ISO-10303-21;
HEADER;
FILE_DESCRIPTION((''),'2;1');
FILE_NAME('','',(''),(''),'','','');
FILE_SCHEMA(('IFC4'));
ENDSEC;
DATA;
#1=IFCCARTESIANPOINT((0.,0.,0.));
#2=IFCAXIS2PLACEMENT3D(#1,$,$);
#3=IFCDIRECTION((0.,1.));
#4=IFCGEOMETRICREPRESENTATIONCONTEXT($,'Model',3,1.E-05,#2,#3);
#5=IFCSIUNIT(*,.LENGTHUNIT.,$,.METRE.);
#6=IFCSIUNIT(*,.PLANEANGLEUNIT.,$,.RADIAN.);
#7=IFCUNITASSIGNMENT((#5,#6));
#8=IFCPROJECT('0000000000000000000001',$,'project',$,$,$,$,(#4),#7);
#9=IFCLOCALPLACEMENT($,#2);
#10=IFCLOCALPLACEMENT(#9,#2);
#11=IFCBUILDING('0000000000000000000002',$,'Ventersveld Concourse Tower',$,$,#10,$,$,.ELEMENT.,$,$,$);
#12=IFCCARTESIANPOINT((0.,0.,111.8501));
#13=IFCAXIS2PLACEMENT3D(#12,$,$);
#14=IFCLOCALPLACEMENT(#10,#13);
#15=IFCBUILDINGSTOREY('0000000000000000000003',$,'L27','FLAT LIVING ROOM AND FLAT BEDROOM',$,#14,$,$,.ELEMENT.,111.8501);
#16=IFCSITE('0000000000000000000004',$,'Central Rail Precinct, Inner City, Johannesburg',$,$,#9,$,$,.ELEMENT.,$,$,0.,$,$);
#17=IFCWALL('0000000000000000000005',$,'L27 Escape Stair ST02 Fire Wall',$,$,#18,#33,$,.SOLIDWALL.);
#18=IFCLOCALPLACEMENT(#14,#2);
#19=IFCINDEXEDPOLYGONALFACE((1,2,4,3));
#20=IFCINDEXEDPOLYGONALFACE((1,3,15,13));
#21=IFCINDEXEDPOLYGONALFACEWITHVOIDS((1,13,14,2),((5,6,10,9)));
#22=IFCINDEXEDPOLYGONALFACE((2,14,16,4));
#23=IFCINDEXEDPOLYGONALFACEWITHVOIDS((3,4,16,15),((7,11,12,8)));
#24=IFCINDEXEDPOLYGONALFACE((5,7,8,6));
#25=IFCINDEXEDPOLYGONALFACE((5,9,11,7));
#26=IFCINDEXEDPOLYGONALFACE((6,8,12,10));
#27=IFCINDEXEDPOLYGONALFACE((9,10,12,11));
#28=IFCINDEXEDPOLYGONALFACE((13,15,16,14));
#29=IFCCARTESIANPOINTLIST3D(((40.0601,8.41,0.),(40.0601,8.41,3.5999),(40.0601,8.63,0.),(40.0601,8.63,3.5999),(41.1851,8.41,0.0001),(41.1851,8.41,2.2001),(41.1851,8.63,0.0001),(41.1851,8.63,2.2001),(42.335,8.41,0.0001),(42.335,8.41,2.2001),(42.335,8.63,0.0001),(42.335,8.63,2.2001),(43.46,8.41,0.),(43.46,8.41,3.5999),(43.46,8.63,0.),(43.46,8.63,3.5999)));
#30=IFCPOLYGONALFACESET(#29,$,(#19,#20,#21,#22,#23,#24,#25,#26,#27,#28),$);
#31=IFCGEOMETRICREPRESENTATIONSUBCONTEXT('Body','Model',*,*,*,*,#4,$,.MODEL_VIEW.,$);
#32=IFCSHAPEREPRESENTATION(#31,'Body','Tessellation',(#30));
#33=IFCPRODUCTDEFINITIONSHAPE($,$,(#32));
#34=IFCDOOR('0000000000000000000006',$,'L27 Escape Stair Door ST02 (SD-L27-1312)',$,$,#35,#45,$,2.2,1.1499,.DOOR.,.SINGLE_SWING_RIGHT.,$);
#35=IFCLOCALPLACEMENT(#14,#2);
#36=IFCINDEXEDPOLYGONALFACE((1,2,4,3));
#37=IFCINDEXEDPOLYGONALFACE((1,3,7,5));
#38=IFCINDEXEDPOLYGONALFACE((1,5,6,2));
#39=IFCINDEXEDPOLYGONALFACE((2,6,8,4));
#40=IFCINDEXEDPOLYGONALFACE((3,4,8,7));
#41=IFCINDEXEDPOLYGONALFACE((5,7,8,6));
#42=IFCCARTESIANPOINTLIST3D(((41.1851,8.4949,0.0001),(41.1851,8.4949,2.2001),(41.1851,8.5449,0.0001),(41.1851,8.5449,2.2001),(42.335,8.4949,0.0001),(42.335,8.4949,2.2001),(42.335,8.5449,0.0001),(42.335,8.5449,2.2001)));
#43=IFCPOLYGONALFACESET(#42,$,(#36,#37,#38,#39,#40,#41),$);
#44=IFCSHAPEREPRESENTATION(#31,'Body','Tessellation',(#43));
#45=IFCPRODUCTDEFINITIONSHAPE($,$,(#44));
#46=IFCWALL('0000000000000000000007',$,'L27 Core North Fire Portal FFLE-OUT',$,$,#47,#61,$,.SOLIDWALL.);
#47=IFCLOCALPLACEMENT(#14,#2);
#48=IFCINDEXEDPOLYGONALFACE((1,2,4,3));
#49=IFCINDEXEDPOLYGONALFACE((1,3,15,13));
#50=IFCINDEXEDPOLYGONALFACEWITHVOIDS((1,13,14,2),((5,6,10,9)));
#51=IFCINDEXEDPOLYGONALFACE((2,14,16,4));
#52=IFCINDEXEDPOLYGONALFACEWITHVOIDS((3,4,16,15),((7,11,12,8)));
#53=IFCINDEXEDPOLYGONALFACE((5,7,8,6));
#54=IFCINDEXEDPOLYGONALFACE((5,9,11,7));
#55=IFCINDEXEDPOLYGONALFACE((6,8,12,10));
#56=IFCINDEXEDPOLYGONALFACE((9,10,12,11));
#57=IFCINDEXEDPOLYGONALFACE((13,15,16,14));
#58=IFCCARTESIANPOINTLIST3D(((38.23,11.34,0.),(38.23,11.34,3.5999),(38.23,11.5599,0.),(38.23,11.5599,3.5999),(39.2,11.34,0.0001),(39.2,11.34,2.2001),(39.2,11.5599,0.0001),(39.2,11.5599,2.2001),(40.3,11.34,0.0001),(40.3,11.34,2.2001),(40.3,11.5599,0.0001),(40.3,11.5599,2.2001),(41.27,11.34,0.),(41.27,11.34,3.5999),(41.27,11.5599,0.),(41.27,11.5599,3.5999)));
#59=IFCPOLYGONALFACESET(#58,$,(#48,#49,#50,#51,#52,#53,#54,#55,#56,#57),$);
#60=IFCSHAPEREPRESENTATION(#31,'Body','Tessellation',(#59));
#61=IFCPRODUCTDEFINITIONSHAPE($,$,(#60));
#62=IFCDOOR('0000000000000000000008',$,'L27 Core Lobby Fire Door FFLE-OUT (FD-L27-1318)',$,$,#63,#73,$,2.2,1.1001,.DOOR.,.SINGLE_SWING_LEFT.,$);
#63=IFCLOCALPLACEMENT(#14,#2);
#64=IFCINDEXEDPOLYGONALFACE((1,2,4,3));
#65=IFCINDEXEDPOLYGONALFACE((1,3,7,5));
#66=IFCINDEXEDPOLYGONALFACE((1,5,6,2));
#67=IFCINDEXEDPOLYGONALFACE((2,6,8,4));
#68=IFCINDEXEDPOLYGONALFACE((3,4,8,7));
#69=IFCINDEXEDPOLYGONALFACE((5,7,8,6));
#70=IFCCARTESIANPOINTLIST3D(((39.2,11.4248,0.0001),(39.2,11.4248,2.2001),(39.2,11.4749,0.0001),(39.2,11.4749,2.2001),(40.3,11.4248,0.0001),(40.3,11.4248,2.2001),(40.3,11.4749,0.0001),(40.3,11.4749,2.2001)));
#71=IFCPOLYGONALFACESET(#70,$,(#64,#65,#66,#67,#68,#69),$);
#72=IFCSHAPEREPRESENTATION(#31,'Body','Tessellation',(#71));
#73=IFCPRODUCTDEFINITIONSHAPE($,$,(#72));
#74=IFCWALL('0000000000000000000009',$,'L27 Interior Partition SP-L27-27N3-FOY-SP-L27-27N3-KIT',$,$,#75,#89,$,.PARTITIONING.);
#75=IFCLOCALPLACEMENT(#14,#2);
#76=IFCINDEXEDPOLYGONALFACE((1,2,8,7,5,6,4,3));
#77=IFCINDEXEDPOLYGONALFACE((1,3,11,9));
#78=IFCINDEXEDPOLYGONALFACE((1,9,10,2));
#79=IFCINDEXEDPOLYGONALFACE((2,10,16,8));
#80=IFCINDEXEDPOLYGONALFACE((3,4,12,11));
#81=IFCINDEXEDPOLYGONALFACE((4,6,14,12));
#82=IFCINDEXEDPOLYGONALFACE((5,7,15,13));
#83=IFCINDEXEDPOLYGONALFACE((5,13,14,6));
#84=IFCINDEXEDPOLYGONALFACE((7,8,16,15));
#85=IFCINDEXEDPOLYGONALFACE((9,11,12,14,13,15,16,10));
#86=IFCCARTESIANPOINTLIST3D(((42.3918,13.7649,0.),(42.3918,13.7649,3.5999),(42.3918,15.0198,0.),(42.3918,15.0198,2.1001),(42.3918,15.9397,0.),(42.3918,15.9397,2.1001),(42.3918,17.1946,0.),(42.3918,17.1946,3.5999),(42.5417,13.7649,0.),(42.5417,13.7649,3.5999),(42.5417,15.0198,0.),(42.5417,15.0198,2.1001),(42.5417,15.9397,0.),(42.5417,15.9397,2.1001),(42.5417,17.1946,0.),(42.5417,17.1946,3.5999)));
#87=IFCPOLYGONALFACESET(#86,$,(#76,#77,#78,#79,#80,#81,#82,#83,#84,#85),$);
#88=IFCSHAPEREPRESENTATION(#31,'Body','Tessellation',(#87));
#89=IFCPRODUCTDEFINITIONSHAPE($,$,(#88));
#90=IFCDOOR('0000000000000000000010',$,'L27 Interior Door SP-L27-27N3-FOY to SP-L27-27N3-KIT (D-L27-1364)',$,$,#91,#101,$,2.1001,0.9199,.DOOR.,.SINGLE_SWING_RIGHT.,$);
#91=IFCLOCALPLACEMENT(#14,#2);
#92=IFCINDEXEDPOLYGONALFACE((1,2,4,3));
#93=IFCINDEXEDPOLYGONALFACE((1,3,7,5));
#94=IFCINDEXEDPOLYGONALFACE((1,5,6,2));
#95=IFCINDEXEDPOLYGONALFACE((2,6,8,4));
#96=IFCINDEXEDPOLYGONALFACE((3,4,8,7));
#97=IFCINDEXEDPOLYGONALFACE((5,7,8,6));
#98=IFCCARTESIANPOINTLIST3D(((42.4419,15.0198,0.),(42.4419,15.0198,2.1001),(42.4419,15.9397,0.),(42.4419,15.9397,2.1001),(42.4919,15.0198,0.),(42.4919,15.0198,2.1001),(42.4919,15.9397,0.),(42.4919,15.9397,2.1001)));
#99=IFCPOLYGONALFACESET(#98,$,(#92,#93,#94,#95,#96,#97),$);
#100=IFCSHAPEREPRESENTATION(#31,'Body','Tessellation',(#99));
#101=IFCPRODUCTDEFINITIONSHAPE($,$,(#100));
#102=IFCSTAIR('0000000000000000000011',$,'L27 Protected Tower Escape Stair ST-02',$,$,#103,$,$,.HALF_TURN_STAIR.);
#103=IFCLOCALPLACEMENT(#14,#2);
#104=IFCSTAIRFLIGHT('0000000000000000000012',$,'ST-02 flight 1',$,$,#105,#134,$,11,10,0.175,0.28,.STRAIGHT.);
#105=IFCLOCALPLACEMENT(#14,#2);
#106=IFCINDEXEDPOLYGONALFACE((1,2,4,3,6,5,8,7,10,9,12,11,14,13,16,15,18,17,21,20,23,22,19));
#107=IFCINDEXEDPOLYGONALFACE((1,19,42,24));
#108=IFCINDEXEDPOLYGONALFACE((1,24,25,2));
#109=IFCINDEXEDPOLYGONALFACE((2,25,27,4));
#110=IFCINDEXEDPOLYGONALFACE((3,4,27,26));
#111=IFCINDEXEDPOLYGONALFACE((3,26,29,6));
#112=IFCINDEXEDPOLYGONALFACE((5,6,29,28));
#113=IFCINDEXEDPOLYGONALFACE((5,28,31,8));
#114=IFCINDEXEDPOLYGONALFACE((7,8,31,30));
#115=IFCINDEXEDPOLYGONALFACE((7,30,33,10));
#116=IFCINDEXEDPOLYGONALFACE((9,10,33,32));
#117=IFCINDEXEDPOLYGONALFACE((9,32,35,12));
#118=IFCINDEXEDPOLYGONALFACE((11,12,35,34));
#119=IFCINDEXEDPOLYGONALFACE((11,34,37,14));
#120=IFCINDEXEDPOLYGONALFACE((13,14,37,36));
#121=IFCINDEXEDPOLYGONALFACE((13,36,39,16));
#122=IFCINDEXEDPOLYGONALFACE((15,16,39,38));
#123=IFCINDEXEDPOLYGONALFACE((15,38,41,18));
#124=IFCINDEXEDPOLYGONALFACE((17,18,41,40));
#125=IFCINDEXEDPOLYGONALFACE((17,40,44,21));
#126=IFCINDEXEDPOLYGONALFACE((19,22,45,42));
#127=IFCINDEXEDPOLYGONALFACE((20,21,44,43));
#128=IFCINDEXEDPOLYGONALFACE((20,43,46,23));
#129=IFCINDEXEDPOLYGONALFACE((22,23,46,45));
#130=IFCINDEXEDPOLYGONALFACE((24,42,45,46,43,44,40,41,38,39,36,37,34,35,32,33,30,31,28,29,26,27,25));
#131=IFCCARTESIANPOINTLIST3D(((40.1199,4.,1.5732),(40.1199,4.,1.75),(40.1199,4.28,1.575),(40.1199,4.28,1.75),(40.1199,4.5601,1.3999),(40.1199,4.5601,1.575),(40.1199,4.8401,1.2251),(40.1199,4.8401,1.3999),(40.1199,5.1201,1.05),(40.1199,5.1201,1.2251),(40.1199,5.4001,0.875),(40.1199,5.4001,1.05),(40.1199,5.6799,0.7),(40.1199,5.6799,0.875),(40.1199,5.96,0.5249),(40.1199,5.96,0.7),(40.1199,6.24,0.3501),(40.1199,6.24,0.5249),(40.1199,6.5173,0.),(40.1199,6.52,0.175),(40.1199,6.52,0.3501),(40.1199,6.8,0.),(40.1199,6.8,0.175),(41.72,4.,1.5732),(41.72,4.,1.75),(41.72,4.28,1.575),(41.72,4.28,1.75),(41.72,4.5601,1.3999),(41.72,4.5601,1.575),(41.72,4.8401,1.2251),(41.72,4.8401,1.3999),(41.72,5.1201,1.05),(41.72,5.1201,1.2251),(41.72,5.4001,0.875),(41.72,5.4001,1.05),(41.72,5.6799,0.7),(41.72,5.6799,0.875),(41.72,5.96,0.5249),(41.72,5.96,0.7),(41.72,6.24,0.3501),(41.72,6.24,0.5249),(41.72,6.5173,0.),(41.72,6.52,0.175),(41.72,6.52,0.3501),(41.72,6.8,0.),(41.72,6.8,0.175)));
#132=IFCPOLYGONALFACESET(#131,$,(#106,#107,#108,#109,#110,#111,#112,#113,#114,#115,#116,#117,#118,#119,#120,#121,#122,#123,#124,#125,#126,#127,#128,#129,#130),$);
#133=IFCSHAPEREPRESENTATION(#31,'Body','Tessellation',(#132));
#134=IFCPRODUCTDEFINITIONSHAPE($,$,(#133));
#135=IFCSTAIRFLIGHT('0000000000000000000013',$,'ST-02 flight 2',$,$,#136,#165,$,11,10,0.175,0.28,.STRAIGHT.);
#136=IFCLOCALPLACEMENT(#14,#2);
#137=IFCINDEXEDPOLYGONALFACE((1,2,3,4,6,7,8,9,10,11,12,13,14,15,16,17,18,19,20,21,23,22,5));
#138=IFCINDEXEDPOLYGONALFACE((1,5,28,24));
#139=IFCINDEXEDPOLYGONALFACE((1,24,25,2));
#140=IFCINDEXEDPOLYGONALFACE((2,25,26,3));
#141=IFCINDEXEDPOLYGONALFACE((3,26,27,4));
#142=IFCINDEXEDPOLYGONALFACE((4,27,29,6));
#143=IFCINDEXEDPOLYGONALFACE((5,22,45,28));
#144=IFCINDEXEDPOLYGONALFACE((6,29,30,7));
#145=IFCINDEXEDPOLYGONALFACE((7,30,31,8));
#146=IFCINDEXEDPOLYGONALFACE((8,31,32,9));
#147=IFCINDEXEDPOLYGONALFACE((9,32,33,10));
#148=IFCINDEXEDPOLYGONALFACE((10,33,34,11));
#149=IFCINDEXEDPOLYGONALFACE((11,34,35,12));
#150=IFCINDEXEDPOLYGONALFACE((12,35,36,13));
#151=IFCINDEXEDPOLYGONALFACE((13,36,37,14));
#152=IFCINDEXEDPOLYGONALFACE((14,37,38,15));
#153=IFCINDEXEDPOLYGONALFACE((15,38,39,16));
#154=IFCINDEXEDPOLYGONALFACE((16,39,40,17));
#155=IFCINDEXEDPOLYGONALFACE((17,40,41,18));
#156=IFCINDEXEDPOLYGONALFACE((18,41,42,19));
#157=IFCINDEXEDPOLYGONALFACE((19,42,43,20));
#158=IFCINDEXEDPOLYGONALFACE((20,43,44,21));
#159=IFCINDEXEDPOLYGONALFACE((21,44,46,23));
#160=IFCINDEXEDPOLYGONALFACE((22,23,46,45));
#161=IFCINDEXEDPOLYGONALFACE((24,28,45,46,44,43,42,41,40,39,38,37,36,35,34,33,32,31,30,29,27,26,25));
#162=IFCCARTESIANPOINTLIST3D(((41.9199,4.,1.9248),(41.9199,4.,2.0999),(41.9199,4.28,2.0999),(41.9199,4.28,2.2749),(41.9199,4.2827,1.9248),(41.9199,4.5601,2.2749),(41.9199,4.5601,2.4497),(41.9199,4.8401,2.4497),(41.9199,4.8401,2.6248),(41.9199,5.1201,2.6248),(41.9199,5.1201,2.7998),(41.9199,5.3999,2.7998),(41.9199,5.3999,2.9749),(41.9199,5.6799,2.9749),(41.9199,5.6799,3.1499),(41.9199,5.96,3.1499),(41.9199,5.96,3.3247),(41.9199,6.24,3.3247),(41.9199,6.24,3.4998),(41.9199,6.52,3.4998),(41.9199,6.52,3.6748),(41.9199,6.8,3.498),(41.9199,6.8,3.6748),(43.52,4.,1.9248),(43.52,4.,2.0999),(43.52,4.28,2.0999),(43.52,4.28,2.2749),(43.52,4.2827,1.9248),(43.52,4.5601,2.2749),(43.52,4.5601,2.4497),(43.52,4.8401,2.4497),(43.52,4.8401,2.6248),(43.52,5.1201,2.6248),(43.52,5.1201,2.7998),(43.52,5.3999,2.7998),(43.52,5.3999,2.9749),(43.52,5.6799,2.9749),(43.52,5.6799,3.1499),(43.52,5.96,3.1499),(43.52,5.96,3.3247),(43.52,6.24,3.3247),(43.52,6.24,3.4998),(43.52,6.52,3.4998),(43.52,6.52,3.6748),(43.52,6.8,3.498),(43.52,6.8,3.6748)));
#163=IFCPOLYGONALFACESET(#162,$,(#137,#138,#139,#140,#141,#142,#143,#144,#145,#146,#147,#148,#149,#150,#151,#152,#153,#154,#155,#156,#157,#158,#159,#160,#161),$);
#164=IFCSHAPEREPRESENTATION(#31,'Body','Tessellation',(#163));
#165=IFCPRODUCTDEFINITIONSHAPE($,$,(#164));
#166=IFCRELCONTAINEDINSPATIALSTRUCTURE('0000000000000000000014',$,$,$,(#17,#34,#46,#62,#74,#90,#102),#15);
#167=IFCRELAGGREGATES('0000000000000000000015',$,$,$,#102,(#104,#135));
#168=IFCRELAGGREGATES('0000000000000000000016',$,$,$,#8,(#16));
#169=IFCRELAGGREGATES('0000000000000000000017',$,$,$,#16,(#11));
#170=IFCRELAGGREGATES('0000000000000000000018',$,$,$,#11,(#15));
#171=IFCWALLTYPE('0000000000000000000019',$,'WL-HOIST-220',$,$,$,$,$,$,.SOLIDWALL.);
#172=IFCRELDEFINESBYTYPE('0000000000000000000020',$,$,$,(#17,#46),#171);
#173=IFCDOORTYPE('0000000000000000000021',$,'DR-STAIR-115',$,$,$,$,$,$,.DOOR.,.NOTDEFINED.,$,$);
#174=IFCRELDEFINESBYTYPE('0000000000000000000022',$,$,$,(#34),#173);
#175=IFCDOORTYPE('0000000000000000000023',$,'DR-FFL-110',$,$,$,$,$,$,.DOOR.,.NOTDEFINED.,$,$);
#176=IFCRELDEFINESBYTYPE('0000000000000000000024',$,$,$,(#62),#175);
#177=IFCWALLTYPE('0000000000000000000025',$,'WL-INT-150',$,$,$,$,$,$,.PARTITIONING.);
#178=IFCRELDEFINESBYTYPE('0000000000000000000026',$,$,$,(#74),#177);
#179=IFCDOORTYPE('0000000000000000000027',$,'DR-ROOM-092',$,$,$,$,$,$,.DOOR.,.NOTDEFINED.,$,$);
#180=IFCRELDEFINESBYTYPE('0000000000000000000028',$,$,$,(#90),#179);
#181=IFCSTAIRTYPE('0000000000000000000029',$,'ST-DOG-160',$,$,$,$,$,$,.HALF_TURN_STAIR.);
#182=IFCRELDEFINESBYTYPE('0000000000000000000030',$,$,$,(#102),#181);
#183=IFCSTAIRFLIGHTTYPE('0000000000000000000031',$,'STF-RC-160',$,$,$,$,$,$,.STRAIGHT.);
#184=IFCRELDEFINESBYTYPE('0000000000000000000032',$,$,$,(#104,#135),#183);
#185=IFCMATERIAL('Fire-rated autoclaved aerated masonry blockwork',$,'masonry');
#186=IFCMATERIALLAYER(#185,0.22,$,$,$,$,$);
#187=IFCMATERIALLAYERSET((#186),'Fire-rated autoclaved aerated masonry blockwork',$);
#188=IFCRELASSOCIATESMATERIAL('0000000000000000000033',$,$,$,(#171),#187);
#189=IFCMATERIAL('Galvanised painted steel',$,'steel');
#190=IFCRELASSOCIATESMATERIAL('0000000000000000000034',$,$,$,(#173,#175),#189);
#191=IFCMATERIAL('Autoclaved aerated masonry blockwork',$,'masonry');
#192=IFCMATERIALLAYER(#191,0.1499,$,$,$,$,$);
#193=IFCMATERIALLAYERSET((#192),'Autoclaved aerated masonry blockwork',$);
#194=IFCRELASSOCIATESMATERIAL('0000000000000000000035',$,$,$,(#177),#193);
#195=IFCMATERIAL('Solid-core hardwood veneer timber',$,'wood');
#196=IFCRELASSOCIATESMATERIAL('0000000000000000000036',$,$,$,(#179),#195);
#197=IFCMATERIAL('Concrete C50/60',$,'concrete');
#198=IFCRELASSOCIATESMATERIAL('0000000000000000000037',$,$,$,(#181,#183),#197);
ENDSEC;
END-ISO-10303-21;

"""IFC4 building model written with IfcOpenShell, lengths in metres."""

from ifc_helpers import new_model, si_unit, direction, frame, frame_2d, origin, place, context, subcontext, project, spatial, polyline, rectangle, outline, extrude, material, layer, layer_set, type_object, element, fill, aggregate, save


model = new_model("IFC4")

# Units and contexts
model_context = context("Model", 3, precision=1e-05, world=origin(), true_north=direction((0.0, 1.0)))
body_context = subcontext(model_context, "Body", "Model", "MODEL_VIEW")
ifc_project = project(units=[si_unit("LENGTHUNIT", "METRE"), si_unit("PLANEANGLEUNIT", "RADIAN")], contexts=[model_context])

# Site, building, storey
site_placement = place(None, origin())
site = spatial("IfcSite", under=ifc_project, at=site_placement, Name="Central Rail Precinct, Inner City, Johannesburg", CompositionType="ELEMENT", RefElevation=0.0)
building_placement = place(site_placement, origin())
building = spatial("IfcBuilding", under=site, at=building_placement, Name="Ventersveld Concourse Tower", CompositionType="ELEMENT")
storey_placement = place(building_placement, frame((0.0, 0.0, 111.8501)))
storey = spatial("IfcBuildingStorey", under=building, at=storey_placement, Name="L27", Description="FLAT LIVING ROOM AND FLAT BEDROOM", CompositionType="ELEMENT", Elevation=111.8501)

# Shared definitions
ifc_material_1 = material(Name="Fire-rated autoclaved aerated masonry blockwork", Category="masonry")
ifc_layer_1 = layer(ifc_material_1, 0.22)
ifc_layer_set_1 = layer_set([ifc_layer_1], Name="Fire-rated autoclaved aerated masonry blockwork")
wall_type_1 = type_object("IfcWallType", Name="WL-HOIST-220", PredefinedType="SOLIDWALL", material=ifc_layer_set_1)

# Walls, openings, doors
wall_1_placement = place(storey_placement, frame((40.0601, 8.52, 0.0), z_axis=(0.0, 0.0, 1.0), x_axis=(1.0, 0.0, 0.0)))
wall_1 = element("IfcWall", 1, at=wall_1_placement, inside=storey, type_object=wall_type_1, Name="L27 Escape Stair ST02 Fire Wall", PredefinedType="SOLIDWALL", context=body_context, shape_type="SweptSolid", body=[
    extrude(rectangle(XDim=3.3999, YDim=0.22, at=frame_2d((1.7, 0.0))), origin(), (0.0, 0.0, 1.0), 3.5999),
])
opening_1_placement = place(wall_1_placement, frame((1.125, 0.0, 0.0)))
opening_1 = element("IfcOpeningElement", 2, at=opening_1_placement, cuts=wall_1, PredefinedType="OPENING", context=body_context, shape_type="SweptSolid", body=[
    extrude(rectangle(XDim=1.1499, YDim=2.2, at=frame_2d((0.575, 1.1001))), frame((0.0, 0.1201, 0.0), z_axis=(0.0, -1.0, 0.0), x_axis=(1.0, 0.0, 0.0)), (0.0, 0.0, 1.0), 0.24),
])
ifc_material_2 = material(Name="Galvanised painted steel", Category="steel")
door_type_1 = type_object("IfcDoorType", Name="DR-STAIR-115", OperationType="NOTDEFINED", PredefinedType="DOOR", material=ifc_material_2)
door_1_placement = place(opening_1_placement, origin())
door_1 = element("IfcDoor", 3, at=door_1_placement, inside=storey, type_object=door_type_1, Name="L27 Escape Stair Door ST02 (SD-L27-1312)", OperationType="SINGLE_SWING_RIGHT", OverallHeight=2.2, OverallWidth=1.1499, PredefinedType="DOOR", context=body_context, shape_type="SweptSolid", body=[
    extrude(rectangle(XDim=1.1499, YDim=2.2, at=frame_2d((0.575, 1.1001))), frame((0.0, 0.0249, 0.0), z_axis=(0.0, -1.0, 0.0), x_axis=(1.0, 0.0, 0.0)), (0.0, 0.0, 1.0), 0.05),
])
fill(opening_1, door_1)
wall_2_placement = place(storey_placement, frame((38.23, 11.45, 0.0), z_axis=(0.0, 0.0, 1.0), x_axis=(1.0, 0.0, 0.0)))
wall_2 = element("IfcWall", 4, at=wall_2_placement, inside=storey, type_object=wall_type_1, Name="L27 Core North Fire Portal FFLE-OUT", PredefinedType="SOLIDWALL", context=body_context, shape_type="SweptSolid", body=[
    extrude(rectangle(XDim=3.04, YDim=0.22, at=frame_2d((1.52, 0.0))), origin(), (0.0, 0.0, 1.0), 3.5999),
])
opening_2_placement = place(wall_2_placement, frame((0.97, 0.0, 0.0)))
opening_2 = element("IfcOpeningElement", 5, at=opening_2_placement, cuts=wall_2, PredefinedType="OPENING", context=body_context, shape_type="SweptSolid", body=[
    extrude(rectangle(XDim=1.1001, YDim=2.2, at=frame_2d((0.55, 1.1001))), frame((0.0, 0.1201, 0.0), z_axis=(0.0, -1.0, 0.0), x_axis=(1.0, 0.0, 0.0)), (0.0, 0.0, 1.0), 0.24),
])
door_type_2 = type_object("IfcDoorType", Name="DR-FFL-110", OperationType="NOTDEFINED", PredefinedType="DOOR", material=ifc_material_2)
door_2_placement = place(opening_2_placement, origin())
door_2 = element("IfcDoor", 6, at=door_2_placement, inside=storey, type_object=door_type_2, Name="L27 Core Lobby Fire Door FFLE-OUT (FD-L27-1318)", OperationType="SINGLE_SWING_LEFT", OverallHeight=2.2, OverallWidth=1.1001, PredefinedType="DOOR", context=body_context, shape_type="SweptSolid", body=[
    extrude(rectangle(XDim=1.1001, YDim=2.2, at=frame_2d((0.55, 1.1001))), frame((0.0, 0.0249, 0.0), z_axis=(0.0, -1.0, 0.0), x_axis=(1.0, 0.0, 0.0)), (0.0, 0.0, 1.0), 0.05),
])
fill(opening_2, door_2)
ifc_material_3 = material(Name="Autoclaved aerated masonry blockwork", Category="masonry")
ifc_layer_2 = layer(ifc_material_3, 0.1499)
ifc_layer_set_2 = layer_set([ifc_layer_2], Name="Autoclaved aerated masonry blockwork")
wall_type_2 = type_object("IfcWallType", Name="WL-INT-150", PredefinedType="PARTITIONING", material=ifc_layer_set_2)
wall_3_placement = place(storey_placement, frame((42.4668, 13.7649, 0.0), z_axis=(0.0, 0.0, 1.0), x_axis=(0.0, 1.0, 0.0)))
wall_3 = element("IfcWall", 7, at=wall_3_placement, inside=storey, type_object=wall_type_2, Name="L27 Interior Partition SP-L27-27N3-FOY-SP-L27-27N3-KIT", PredefinedType="PARTITIONING", context=body_context, shape_type="SweptSolid", body=[
    extrude(rectangle(XDim=3.4297, YDim=0.1499, at=frame_2d((1.7148, 0.0))), origin(), (0.0, 0.0, 1.0), 3.5999),
])
opening_3_placement = place(wall_3_placement, frame((1.2549, 0.0, 0.0)))
opening_3 = element("IfcOpeningElement", 8, at=opening_3_placement, cuts=wall_3, PredefinedType="OPENING", context=body_context, shape_type="SweptSolid", body=[
    extrude(rectangle(XDim=0.9199, YDim=2.1001, at=frame_2d((0.46, 1.05))), frame((0.0, 0.085, 0.0), z_axis=(0.0, -1.0, 0.0), x_axis=(1.0, 0.0, 0.0)), (0.0, 0.0, 1.0), 0.1699),
])
ifc_material_4 = material(Name="Solid-core hardwood veneer timber", Category="wood")
door_type_3 = type_object("IfcDoorType", Name="DR-ROOM-092", OperationType="NOTDEFINED", PredefinedType="DOOR", material=ifc_material_4)
door_3_placement = place(opening_3_placement, origin())
door_3 = element("IfcDoor", 9, at=door_3_placement, inside=storey, type_object=door_type_3, Name="L27 Interior Door SP-L27-27N3-FOY to SP-L27-27N3-KIT (D-L27-1364)", OperationType="SINGLE_SWING_RIGHT", OverallHeight=2.1001, OverallWidth=0.9199, PredefinedType="DOOR", context=body_context, shape_type="SweptSolid", body=[
    extrude(rectangle(XDim=0.9199, YDim=2.1001, at=frame_2d((0.46, 1.05))), frame((0.0, 0.0249, 0.0), z_axis=(0.0, -1.0, 0.0), x_axis=(1.0, 0.0, 0.0)), (0.0, 0.0, 1.0), 0.05),
])
fill(opening_3, door_3)

# Stair, stair flights
ifc_material_5 = material(Name="Concrete C50/60", Category="concrete")
stair_type = type_object("IfcStairType", Name="ST-DOG-160", PredefinedType="HALF_TURN_STAIR", material=ifc_material_5)
stair_placement = place(storey_placement, origin())
stair = element("IfcStair", 10, at=stair_placement, inside=storey, type_object=stair_type, Name="L27 Protected Tower Escape Stair ST-02", PredefinedType="HALF_TURN_STAIR")
stair_flight_type = type_object("IfcStairFlightType", Name="STF-RC-160", PredefinedType="STRAIGHT", material=ifc_material_5)
stair_flight_1_placement = place(storey_placement, frame((40.9199, 6.8, 0.0), z_axis=(0.0, 0.0, 1.0), x_axis=(0.0, -1.0, 0.0)))
stair_flight_1 = element("IfcStairFlight", 11, at=stair_flight_1_placement, type_object=stair_flight_type, Name="ST-02 flight 1", NumberOfRisers=11, NumberOfTreads=10, PredefinedType="STRAIGHT", RiserHeight=0.175, TreadLength=0.28, context=body_context, shape_type="SweptSolid", body=[
    extrude(outline(polyline([(0.0, 0.0), (0.0, 0.175), (0.28, 0.175), (0.28, 0.3501), (0.5601, 0.3501), (0.5601, 0.5249), (0.8401, 0.5249), (0.8401, 0.7), (1.1201, 0.7), (1.1201, 0.875), (1.3999, 0.875), (1.3999, 1.05), (1.6799, 1.05), (1.6799, 1.2251), (1.96, 1.2251), (1.96, 1.3999), (2.24, 1.3999), (2.24, 1.575), (2.52, 1.575), (2.52, 1.75), (2.8, 1.75), (2.8, 1.925), (2.8, 1.5732), (0.2827, 0.0), (0.0, 0.0)])), frame((0.0, 0.8, 0.0), z_axis=(0.0, -1.0, 0.0), x_axis=(1.0, 0.0, 0.0)), (0.0, 0.0, 1.0), 1.6001),
])
stair_flight_2_placement = place(storey_placement, frame((42.72, 4.0, 1.9248), z_axis=(0.0, 0.0, 1.0), x_axis=(0.0, 1.0, 0.0)))
stair_flight_2 = element("IfcStairFlight", 12, at=stair_flight_2_placement, type_object=stair_flight_type, Name="ST-02 flight 2", NumberOfRisers=11, NumberOfTreads=10, PredefinedType="STRAIGHT", RiserHeight=0.175, TreadLength=0.28, context=body_context, shape_type="SweptSolid", body=[
    extrude(outline(polyline([(0.0, 0.0), (0.0, 0.175), (0.28, 0.175), (0.28, 0.3501), (0.5601, 0.3501), (0.5601, 0.5249), (0.8401, 0.5249), (0.8401, 0.7), (1.1201, 0.7), (1.1201, 0.875), (1.3999, 0.875), (1.3999, 1.05), (1.6799, 1.05), (1.6799, 1.2251), (1.96, 1.2251), (1.96, 1.3999), (2.24, 1.3999), (2.24, 1.575), (2.52, 1.575), (2.52, 1.75), (2.8, 1.75), (2.8, 1.925), (2.8, 1.5732), (0.2827, 0.0), (0.0, 0.0)])), frame((0.0, 0.8, 0.0), z_axis=(0.0, -1.0, 0.0), x_axis=(1.0, 0.0, 0.0)), (0.0, 0.0, 1.0), 1.6001),
])
aggregate(stair, [stair_flight_1, stair_flight_2])

save(model, "model.ifc")
